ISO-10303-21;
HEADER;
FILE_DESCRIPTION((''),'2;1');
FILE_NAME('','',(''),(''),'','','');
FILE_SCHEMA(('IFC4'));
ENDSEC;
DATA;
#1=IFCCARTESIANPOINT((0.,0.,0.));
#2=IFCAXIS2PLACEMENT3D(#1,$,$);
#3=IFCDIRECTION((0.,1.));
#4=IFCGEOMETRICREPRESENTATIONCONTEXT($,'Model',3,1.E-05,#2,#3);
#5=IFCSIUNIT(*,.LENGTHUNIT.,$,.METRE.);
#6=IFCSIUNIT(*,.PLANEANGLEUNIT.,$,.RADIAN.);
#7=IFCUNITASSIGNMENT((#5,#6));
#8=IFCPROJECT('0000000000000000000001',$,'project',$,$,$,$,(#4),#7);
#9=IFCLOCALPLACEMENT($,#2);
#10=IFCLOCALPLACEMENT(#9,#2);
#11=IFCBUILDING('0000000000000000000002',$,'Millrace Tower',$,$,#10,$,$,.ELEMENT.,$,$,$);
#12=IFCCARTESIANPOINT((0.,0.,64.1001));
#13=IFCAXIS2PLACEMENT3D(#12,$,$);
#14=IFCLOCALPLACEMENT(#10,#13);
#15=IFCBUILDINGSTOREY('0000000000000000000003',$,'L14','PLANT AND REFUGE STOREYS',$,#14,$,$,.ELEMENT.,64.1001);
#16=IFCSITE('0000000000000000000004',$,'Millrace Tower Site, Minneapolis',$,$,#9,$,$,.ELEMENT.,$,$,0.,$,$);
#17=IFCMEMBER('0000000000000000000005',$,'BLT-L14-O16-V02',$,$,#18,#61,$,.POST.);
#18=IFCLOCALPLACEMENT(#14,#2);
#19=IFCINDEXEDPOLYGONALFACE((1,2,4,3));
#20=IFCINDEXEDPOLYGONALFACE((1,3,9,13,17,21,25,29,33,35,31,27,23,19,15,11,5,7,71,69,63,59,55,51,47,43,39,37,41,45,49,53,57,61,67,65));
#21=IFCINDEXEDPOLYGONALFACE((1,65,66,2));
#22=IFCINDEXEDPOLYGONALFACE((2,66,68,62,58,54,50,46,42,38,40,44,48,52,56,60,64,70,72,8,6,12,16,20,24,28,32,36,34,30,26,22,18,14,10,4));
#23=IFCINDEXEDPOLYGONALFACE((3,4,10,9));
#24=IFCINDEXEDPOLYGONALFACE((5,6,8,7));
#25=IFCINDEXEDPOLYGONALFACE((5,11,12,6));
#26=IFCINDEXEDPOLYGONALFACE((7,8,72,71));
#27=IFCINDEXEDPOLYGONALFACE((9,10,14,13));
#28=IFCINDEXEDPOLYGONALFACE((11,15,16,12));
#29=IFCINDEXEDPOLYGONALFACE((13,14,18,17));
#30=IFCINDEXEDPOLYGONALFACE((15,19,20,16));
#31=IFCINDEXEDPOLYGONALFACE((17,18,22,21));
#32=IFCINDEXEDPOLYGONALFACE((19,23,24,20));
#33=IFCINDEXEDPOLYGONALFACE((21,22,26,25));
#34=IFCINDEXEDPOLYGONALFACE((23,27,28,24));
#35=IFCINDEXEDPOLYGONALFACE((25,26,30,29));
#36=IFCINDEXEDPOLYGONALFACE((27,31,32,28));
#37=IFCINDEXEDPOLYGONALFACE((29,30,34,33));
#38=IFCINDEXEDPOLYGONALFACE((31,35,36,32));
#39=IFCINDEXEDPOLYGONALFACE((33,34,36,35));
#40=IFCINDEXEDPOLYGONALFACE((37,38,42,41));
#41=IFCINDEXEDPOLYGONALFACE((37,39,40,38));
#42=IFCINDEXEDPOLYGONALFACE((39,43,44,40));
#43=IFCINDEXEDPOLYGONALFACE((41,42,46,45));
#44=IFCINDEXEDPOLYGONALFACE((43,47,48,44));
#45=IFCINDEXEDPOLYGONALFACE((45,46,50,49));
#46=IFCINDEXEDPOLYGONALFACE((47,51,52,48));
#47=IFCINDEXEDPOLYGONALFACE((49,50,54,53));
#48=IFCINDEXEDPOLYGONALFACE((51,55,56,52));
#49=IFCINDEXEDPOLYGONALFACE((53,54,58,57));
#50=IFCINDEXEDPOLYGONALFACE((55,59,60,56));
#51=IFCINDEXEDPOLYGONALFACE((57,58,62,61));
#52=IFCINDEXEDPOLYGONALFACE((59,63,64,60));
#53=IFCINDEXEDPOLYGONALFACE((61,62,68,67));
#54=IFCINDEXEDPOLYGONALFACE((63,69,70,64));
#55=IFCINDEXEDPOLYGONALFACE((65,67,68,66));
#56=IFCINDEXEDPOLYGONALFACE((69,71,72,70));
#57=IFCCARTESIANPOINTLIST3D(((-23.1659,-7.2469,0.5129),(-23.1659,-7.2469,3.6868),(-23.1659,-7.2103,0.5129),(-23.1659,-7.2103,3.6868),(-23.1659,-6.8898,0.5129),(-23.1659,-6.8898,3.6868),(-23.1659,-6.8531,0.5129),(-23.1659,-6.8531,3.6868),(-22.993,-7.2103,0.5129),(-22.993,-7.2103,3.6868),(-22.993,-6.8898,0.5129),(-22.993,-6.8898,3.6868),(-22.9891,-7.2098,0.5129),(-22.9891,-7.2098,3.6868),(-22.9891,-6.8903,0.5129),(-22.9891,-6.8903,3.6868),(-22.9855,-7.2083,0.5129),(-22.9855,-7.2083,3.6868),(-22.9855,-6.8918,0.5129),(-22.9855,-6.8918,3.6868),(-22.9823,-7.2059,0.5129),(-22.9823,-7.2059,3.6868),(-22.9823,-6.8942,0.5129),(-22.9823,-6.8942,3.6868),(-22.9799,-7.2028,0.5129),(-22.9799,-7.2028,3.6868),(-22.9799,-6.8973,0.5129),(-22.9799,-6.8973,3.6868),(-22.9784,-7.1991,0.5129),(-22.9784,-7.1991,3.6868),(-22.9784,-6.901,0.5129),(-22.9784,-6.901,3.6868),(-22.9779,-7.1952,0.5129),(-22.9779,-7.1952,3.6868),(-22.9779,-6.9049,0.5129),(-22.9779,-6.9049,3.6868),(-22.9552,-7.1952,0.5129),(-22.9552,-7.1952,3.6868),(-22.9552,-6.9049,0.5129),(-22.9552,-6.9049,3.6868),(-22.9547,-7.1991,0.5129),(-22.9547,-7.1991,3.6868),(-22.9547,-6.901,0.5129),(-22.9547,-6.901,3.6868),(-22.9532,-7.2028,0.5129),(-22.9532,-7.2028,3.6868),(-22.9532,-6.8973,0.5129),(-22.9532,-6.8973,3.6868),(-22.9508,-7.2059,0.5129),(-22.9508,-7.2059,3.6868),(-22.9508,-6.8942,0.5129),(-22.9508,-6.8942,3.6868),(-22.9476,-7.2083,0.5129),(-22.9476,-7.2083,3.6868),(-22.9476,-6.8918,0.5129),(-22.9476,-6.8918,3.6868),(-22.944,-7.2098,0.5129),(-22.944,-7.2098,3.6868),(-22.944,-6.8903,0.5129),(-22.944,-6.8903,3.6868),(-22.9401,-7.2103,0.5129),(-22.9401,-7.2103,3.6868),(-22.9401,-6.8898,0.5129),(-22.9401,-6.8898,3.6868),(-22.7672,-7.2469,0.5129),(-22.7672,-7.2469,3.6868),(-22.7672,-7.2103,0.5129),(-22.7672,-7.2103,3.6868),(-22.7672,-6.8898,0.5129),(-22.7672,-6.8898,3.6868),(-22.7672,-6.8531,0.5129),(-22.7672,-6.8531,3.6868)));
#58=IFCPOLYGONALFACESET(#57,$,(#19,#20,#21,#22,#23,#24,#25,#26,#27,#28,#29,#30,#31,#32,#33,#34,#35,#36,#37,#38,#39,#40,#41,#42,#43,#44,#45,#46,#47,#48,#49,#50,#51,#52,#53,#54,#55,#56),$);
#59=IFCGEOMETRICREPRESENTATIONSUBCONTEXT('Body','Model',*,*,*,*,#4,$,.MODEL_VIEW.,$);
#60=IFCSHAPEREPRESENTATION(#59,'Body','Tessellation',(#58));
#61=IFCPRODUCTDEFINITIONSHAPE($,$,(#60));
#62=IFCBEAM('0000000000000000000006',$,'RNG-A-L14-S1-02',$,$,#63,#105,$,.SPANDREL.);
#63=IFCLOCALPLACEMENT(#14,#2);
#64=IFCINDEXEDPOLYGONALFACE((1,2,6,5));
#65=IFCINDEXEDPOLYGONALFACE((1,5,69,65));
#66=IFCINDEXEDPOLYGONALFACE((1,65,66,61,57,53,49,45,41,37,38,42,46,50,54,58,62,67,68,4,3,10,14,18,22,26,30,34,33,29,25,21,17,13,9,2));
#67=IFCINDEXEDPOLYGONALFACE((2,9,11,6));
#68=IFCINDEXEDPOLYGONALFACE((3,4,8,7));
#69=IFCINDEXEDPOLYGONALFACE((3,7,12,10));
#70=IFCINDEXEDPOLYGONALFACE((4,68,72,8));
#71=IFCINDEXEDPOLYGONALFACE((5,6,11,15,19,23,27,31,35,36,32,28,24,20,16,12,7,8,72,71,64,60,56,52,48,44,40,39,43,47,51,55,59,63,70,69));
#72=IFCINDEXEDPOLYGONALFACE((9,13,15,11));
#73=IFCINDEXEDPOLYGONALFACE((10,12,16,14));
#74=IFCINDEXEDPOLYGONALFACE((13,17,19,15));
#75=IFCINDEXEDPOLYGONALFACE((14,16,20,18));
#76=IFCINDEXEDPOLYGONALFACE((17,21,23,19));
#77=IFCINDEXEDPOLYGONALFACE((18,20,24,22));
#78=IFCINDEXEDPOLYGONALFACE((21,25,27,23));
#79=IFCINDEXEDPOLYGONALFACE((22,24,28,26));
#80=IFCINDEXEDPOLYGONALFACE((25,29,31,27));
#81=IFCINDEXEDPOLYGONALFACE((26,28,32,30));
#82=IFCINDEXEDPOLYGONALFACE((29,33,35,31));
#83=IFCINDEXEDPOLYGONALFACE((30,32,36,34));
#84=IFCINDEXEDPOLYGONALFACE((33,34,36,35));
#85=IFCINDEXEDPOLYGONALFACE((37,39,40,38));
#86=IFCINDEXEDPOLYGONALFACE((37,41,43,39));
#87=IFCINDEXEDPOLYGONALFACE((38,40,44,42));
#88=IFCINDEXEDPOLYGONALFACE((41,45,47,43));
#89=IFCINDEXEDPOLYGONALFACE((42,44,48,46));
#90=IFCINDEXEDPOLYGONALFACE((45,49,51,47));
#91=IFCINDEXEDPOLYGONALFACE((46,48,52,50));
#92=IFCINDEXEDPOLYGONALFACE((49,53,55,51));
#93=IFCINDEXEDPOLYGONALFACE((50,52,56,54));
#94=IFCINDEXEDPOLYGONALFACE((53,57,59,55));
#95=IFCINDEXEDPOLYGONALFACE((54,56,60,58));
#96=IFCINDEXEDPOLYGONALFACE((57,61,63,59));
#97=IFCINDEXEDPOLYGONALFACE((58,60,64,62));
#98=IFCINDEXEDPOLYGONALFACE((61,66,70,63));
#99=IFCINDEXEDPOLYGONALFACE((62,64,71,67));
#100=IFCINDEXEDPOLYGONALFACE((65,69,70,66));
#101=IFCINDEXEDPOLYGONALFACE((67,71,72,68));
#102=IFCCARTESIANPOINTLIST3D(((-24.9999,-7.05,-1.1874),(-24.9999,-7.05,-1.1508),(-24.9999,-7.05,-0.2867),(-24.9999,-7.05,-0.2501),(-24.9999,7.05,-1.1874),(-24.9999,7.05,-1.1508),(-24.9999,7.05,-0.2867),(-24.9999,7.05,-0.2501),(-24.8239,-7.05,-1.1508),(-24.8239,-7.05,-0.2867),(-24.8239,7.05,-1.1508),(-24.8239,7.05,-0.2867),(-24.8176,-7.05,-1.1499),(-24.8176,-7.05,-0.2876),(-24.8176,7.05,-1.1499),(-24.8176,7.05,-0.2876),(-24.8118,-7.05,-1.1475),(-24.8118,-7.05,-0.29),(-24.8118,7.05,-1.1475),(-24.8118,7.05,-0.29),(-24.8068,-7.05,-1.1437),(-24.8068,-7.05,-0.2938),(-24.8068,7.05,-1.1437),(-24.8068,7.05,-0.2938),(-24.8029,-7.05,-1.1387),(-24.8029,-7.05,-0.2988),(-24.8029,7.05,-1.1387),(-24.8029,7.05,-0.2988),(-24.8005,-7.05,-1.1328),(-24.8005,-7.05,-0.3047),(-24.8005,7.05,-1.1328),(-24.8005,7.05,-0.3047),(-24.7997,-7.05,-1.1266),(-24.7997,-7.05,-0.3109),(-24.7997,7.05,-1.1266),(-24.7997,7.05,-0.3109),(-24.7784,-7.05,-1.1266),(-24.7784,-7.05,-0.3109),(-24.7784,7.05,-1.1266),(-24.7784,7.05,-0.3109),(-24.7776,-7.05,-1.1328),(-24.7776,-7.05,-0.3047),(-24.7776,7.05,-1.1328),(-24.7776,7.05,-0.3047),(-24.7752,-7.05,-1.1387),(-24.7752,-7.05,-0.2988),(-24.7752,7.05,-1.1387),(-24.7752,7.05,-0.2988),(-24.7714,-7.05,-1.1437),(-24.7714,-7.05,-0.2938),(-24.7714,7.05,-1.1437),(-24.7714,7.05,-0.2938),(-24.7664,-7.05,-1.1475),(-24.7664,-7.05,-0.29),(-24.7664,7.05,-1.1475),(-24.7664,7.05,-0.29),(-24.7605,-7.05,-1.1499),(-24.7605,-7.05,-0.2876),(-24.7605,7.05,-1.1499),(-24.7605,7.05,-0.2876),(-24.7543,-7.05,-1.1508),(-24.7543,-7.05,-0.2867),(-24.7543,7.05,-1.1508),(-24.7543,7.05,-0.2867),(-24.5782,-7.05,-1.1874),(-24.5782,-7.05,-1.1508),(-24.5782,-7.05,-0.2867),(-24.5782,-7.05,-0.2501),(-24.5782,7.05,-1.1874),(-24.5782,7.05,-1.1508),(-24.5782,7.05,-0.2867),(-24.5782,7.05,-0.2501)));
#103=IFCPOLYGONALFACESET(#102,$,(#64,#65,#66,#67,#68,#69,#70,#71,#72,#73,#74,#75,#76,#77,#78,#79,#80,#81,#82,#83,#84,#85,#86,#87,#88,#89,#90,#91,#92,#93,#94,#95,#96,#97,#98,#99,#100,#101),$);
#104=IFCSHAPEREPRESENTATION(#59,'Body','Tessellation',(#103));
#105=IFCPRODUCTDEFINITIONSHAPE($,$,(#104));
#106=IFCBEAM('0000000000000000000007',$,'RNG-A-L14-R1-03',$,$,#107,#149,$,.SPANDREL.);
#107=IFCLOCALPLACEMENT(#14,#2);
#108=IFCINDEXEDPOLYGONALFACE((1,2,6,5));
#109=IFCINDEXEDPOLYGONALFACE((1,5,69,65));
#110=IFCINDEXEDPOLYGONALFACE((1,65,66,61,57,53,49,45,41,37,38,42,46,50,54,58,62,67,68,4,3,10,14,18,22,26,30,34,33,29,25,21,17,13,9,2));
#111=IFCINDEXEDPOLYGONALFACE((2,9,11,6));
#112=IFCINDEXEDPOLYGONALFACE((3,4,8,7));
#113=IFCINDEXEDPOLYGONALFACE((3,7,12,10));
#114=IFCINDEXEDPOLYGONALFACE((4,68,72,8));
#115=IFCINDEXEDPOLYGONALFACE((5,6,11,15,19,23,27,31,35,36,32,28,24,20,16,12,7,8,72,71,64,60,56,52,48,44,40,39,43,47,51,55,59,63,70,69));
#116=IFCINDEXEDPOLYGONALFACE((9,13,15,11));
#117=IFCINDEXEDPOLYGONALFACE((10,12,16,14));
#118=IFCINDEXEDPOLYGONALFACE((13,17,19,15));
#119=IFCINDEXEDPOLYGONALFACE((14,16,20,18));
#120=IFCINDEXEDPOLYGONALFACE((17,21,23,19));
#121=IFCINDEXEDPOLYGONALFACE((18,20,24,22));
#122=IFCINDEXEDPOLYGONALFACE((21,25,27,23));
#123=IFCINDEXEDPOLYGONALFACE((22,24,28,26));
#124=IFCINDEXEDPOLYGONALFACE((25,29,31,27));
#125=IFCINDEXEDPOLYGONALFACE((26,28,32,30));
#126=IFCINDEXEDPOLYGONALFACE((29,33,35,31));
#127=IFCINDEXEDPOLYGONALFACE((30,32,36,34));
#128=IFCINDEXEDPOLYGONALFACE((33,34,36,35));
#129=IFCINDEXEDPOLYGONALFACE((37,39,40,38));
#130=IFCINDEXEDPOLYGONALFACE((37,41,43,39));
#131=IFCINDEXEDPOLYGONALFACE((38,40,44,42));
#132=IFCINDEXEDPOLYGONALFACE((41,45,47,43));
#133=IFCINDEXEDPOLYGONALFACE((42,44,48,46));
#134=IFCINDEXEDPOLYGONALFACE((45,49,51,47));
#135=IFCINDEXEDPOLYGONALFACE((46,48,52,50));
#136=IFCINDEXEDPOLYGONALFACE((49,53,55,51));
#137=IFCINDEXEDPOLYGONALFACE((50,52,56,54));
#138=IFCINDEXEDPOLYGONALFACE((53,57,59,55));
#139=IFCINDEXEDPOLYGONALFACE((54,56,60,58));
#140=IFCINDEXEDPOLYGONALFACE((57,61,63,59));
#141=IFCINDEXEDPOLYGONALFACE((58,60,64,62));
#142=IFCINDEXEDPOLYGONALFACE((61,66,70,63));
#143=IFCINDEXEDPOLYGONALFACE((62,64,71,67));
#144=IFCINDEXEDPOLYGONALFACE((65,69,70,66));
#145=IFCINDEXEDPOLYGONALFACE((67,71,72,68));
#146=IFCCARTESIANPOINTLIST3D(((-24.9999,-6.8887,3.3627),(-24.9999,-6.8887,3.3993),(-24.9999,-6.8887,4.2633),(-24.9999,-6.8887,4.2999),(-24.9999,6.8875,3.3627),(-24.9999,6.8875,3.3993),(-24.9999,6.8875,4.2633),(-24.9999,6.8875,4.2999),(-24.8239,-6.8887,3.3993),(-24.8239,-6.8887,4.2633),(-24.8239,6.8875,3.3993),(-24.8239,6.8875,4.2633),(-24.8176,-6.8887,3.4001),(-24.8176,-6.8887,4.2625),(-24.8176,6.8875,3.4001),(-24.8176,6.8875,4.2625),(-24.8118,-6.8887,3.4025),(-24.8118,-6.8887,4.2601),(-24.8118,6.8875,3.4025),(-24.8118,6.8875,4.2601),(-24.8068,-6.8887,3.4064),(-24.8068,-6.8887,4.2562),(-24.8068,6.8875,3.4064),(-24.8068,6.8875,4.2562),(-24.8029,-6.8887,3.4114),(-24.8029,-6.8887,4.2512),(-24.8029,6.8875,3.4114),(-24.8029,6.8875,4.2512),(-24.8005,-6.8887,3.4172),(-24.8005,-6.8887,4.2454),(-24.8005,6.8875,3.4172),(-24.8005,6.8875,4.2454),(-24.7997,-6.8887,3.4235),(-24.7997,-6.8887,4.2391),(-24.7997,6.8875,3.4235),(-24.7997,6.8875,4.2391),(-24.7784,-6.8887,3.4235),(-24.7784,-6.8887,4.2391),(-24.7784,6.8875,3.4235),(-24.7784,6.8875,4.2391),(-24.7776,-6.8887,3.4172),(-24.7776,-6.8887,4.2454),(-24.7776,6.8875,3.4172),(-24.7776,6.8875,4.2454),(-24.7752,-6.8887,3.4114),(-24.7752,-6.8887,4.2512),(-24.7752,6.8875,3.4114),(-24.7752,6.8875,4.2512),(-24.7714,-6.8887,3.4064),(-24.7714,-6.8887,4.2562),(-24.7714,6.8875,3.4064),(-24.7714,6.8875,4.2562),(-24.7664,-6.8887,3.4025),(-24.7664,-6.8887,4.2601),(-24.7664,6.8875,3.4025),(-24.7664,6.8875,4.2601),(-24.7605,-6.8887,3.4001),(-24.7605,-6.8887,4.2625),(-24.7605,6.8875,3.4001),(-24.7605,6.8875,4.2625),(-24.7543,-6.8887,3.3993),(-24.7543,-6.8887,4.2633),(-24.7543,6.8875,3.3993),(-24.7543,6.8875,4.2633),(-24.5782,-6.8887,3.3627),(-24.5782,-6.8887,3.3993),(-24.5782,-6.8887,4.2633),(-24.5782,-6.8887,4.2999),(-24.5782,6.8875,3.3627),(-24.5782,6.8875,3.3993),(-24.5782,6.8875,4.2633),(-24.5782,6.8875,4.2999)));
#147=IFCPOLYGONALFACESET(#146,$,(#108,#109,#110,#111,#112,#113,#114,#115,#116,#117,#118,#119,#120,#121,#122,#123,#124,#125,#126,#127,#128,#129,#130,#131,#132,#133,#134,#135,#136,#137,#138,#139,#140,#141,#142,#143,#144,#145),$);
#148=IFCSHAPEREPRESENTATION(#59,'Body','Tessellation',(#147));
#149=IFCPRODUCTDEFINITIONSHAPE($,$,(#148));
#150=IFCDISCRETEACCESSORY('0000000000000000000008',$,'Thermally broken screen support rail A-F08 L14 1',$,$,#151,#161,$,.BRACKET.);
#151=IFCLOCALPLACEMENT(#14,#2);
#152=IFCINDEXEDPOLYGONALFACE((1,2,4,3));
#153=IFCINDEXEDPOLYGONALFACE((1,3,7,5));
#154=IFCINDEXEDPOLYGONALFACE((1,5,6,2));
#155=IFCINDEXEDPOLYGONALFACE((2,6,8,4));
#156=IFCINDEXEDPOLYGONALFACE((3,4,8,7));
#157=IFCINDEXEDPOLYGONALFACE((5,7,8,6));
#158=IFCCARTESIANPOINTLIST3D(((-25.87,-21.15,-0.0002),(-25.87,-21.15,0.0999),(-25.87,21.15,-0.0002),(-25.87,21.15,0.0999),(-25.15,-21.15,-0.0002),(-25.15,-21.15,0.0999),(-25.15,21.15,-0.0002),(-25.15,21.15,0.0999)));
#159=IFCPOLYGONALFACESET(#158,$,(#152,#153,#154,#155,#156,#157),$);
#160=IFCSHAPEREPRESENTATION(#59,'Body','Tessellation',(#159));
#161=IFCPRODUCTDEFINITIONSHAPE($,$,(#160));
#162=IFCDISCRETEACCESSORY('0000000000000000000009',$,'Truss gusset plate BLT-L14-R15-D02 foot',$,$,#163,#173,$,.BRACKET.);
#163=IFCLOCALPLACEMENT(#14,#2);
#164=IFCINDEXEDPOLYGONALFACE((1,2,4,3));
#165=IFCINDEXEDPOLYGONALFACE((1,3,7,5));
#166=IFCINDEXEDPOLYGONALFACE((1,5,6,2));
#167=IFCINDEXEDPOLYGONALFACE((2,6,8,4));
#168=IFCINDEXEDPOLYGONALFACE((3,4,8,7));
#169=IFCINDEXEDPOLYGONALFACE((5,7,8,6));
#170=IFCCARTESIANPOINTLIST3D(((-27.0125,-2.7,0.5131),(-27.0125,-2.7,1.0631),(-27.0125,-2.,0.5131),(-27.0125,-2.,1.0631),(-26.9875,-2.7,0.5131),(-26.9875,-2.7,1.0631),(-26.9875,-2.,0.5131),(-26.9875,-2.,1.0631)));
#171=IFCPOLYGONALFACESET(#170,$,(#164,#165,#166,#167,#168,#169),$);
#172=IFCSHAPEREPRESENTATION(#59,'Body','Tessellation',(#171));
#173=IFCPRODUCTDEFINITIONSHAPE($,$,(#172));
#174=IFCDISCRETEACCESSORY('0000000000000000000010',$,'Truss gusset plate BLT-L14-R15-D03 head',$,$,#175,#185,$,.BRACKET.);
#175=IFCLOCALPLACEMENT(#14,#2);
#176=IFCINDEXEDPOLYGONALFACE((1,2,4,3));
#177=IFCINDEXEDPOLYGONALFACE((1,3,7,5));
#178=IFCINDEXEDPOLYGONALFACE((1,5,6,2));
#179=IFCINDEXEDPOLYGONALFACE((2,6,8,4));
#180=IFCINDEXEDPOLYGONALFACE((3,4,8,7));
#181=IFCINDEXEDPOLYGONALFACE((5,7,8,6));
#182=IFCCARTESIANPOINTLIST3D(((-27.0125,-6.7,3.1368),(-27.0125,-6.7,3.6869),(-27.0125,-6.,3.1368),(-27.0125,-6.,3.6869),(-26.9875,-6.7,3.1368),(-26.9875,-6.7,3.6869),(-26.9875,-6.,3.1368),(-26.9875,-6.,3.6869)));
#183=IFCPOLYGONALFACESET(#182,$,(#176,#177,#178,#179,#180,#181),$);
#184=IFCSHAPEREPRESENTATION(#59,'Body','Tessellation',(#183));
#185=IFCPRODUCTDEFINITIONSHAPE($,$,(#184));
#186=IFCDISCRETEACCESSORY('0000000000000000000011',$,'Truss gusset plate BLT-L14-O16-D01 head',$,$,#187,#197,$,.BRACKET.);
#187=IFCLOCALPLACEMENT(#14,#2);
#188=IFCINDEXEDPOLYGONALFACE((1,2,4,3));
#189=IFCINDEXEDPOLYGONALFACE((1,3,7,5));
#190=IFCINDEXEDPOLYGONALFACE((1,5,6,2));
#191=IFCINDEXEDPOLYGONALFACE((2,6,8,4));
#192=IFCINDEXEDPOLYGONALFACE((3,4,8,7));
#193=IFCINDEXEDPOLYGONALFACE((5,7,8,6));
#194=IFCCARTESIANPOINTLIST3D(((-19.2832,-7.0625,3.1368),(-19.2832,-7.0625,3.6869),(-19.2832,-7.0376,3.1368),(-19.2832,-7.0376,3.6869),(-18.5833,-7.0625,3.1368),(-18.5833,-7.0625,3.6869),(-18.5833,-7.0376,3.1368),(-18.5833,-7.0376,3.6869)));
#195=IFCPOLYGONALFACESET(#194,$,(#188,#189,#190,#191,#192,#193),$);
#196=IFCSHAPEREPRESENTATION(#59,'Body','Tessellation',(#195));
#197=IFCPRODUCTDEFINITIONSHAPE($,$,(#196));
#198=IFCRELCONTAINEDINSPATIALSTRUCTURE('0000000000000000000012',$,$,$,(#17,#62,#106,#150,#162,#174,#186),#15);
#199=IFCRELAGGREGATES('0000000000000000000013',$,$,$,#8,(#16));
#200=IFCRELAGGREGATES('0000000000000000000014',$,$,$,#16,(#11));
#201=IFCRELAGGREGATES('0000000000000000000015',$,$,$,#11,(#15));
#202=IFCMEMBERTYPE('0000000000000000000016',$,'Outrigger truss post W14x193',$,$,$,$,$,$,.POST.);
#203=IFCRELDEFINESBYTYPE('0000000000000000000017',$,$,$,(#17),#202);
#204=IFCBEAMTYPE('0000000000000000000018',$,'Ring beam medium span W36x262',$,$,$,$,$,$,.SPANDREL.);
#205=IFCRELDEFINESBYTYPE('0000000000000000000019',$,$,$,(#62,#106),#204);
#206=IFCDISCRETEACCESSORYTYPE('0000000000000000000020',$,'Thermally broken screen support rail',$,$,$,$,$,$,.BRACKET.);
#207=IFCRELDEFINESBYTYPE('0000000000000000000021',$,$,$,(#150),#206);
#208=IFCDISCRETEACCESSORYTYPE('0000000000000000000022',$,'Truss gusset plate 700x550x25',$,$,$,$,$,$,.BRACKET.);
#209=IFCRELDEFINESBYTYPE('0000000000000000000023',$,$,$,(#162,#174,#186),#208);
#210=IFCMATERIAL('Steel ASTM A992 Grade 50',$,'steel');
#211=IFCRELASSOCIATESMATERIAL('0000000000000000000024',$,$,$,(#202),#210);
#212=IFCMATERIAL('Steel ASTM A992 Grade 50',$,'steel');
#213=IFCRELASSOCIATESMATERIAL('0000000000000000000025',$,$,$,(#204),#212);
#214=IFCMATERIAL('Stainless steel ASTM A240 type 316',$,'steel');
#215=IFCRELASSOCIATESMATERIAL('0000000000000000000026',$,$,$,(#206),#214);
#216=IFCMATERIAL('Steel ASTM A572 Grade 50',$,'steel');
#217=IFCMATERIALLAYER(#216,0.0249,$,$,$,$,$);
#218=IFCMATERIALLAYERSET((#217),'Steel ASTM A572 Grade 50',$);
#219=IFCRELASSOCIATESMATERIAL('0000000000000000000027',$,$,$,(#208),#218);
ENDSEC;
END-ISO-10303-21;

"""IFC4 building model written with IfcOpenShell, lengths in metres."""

from ifc_helpers import new_model, si_unit, direction, frame, origin, origin_2d, place, context, subcontext, project, spatial, rectangle, i_section, extrude, material, layer, layer_set, material_profile, profile_set, type_object, element, save


model = new_model("IFC4")

# Units and contexts
model_context = context("Model", 3, precision=1e-05, world=origin(), true_north=direction((0.0, 1.0)))
body_context = subcontext(model_context, "Body", "Model", "MODEL_VIEW")
ifc_project = project(units=[si_unit("LENGTHUNIT", "METRE"), si_unit("PLANEANGLEUNIT", "RADIAN")], contexts=[model_context])

# Site, building, storey
site_placement = place(None, origin())
site = spatial("IfcSite", under=ifc_project, at=site_placement, Name="Millrace Tower Site, Minneapolis", CompositionType="ELEMENT", RefElevation=0.0)
building_placement = place(site_placement, origin())
building = spatial("IfcBuilding", under=site, at=building_placement, Name="Millrace Tower", CompositionType="ELEMENT")
storey_placement = place(building_placement, frame((0.0, 0.0, 64.1001)))
storey = spatial("IfcBuildingStorey", under=building, at=storey_placement, Name="L14", Description="PLANT AND REFUGE STOREYS", CompositionType="ELEMENT", Elevation=64.1001)

# Member
ifc_material_1 = material(Name="Steel ASTM A992 Grade 50", Category="steel")
ifc_material_profile_1 = material_profile(ifc_material_1, i_section(OverallWidth=0.3987, OverallDepth=0.3938, WebThickness=0.0227, FlangeThickness=0.0366, FilletRadius=0.0151, at=origin_2d()))
ifc_profile_set_1 = profile_set([ifc_material_profile_1], Name="Steel ASTM A992 Grade 50")
member_type_1 = type_object("IfcMemberType", Name="Outrigger truss post W14x193", PredefinedType="POST", material=ifc_profile_set_1)
member_1_placement = place(storey_placement, frame((-22.9666, -7.05, 0.5129), z_axis=(0.0, 0.0, 1.0), x_axis=(1.0, 0.0, 0.0)))
element("IfcMember", 1, at=member_1_placement, inside=storey, type_object=member_type_1, Name="BLT-L14-O16-V02", PredefinedType="POST", context=body_context, shape_type="SweptSolid", body=[
    extrude(i_section(OverallWidth=0.3987, OverallDepth=0.3938, WebThickness=0.0227, FlangeThickness=0.0366, FilletRadius=0.0151, at=origin_2d()), origin(), (0.0, 0.0, 1.0), 3.1738),
])

# Beams
ifc_material_2 = material(Name="Steel ASTM A992 Grade 50", Category="steel")
ifc_material_profile_2 = material_profile(ifc_material_2, i_section(OverallWidth=0.4216, OverallDepth=0.9373, WebThickness=0.0212, FlangeThickness=0.0366, FilletRadius=0.0242, at=origin_2d()))
ifc_profile_set_2 = profile_set([ifc_material_profile_2], Name="Steel ASTM A992 Grade 50")
beam_type_1 = type_object("IfcBeamType", Name="Ring beam medium span W36x262", PredefinedType="SPANDREL", material=ifc_profile_set_2)
beam_1_placement = place(storey_placement, frame((-24.7891, -7.05, -0.7188), z_axis=(0.0, 1.0, 0.0), x_axis=(-1.0, 0.0, 0.0)))
element("IfcBeam", 2, at=beam_1_placement, inside=storey, type_object=beam_type_1, Name="RNG-A-L14-S1-02", PredefinedType="SPANDREL", context=body_context, shape_type="SweptSolid", body=[
    extrude(i_section(OverallWidth=0.4216, OverallDepth=0.9373, WebThickness=0.0212, FlangeThickness=0.0366, FilletRadius=0.0242, at=origin_2d()), origin(), (0.0, 0.0, 1.0), 14.1001),
])
beam_2_placement = place(storey_placement, frame((-24.7891, -6.8887, 3.8313), z_axis=(0.0, 1.0, 0.0), x_axis=(-1.0, 0.0, 0.0)))
element("IfcBeam", 3, at=beam_2_placement, inside=storey, type_object=beam_type_1, Name="RNG-A-L14-R1-03", PredefinedType="SPANDREL", context=body_context, shape_type="SweptSolid", body=[
    extrude(i_section(OverallWidth=0.4216, OverallDepth=0.9373, WebThickness=0.0212, FlangeThickness=0.0366, FilletRadius=0.0242, at=origin_2d()), origin(), (0.0, 0.0, 1.0), 13.7761),
])

# Discrete accessories
ifc_material_3 = material(Name="Stainless steel ASTM A240 type 316", Category="steel")
discrete_accessory_type_1 = type_object("IfcDiscreteAccessoryType", Name="Thermally broken screen support rail", PredefinedType="BRACKET", material=ifc_material_3)
discrete_accessory_placement = place(storey_placement, frame((-25.51, 0.0, -0.0002), z_axis=(0.0, 0.0, 1.0), x_axis=(0.0, -1.0, 0.0)))
element("IfcDiscreteAccessory", 4, at=discrete_accessory_placement, inside=storey, type_object=discrete_accessory_type_1, Name="Thermally broken screen support rail A-F08 L14 1", PredefinedType="BRACKET", context=body_context, shape_type="SweptSolid", body=[
    extrude(rectangle(XDim=42.3, YDim=0.72, at=origin_2d()), origin(), (0.0, 0.0, 1.0), 0.1001),
])
ifc_material_4 = material(Name="Steel ASTM A572 Grade 50", Category="steel")
ifc_layer_1 = layer(ifc_material_4, 0.0249)
ifc_layer_set_1 = layer_set([ifc_layer_1], Name="Steel ASTM A572 Grade 50")
discrete_accessory_type_2 = type_object("IfcDiscreteAccessoryType", Name="Truss gusset plate 700x550x25", PredefinedType="BRACKET", material=ifc_layer_set_1)
for number, where, z_axis, x_axis, name in (
    (5, (-27.0, -2.7, 0.7881), (0.0, 1.0, 0.0), (-1.0, 0.0, 0.0), "Truss gusset plate BLT-L14-R15-D02 foot"),
    (6, (-27.0, -6.7, 3.4119), (0.0, 1.0, 0.0), (-1.0, 0.0, 0.0), "Truss gusset plate BLT-L14-R15-D03 head"),
    (7, (-19.2832, -7.05, 3.4119), (1.0, 0.0, 0.0), (0.0, 1.0, 0.0), "Truss gusset plate BLT-L14-O16-D01 head"),
):
    element("IfcDiscreteAccessory", number, at=place(storey_placement, frame(where, z_axis=z_axis, x_axis=x_axis)), inside=storey, type_object=discrete_accessory_type_2, Name=name, PredefinedType="BRACKET", context=body_context, shape_type="SweptSolid", body=[
        extrude(rectangle(XDim=0.0249, YDim=0.55, at=origin_2d()), origin(), (0.0, 0.0, 1.0), 0.7),
    ])

save(model, "model.ifc")
